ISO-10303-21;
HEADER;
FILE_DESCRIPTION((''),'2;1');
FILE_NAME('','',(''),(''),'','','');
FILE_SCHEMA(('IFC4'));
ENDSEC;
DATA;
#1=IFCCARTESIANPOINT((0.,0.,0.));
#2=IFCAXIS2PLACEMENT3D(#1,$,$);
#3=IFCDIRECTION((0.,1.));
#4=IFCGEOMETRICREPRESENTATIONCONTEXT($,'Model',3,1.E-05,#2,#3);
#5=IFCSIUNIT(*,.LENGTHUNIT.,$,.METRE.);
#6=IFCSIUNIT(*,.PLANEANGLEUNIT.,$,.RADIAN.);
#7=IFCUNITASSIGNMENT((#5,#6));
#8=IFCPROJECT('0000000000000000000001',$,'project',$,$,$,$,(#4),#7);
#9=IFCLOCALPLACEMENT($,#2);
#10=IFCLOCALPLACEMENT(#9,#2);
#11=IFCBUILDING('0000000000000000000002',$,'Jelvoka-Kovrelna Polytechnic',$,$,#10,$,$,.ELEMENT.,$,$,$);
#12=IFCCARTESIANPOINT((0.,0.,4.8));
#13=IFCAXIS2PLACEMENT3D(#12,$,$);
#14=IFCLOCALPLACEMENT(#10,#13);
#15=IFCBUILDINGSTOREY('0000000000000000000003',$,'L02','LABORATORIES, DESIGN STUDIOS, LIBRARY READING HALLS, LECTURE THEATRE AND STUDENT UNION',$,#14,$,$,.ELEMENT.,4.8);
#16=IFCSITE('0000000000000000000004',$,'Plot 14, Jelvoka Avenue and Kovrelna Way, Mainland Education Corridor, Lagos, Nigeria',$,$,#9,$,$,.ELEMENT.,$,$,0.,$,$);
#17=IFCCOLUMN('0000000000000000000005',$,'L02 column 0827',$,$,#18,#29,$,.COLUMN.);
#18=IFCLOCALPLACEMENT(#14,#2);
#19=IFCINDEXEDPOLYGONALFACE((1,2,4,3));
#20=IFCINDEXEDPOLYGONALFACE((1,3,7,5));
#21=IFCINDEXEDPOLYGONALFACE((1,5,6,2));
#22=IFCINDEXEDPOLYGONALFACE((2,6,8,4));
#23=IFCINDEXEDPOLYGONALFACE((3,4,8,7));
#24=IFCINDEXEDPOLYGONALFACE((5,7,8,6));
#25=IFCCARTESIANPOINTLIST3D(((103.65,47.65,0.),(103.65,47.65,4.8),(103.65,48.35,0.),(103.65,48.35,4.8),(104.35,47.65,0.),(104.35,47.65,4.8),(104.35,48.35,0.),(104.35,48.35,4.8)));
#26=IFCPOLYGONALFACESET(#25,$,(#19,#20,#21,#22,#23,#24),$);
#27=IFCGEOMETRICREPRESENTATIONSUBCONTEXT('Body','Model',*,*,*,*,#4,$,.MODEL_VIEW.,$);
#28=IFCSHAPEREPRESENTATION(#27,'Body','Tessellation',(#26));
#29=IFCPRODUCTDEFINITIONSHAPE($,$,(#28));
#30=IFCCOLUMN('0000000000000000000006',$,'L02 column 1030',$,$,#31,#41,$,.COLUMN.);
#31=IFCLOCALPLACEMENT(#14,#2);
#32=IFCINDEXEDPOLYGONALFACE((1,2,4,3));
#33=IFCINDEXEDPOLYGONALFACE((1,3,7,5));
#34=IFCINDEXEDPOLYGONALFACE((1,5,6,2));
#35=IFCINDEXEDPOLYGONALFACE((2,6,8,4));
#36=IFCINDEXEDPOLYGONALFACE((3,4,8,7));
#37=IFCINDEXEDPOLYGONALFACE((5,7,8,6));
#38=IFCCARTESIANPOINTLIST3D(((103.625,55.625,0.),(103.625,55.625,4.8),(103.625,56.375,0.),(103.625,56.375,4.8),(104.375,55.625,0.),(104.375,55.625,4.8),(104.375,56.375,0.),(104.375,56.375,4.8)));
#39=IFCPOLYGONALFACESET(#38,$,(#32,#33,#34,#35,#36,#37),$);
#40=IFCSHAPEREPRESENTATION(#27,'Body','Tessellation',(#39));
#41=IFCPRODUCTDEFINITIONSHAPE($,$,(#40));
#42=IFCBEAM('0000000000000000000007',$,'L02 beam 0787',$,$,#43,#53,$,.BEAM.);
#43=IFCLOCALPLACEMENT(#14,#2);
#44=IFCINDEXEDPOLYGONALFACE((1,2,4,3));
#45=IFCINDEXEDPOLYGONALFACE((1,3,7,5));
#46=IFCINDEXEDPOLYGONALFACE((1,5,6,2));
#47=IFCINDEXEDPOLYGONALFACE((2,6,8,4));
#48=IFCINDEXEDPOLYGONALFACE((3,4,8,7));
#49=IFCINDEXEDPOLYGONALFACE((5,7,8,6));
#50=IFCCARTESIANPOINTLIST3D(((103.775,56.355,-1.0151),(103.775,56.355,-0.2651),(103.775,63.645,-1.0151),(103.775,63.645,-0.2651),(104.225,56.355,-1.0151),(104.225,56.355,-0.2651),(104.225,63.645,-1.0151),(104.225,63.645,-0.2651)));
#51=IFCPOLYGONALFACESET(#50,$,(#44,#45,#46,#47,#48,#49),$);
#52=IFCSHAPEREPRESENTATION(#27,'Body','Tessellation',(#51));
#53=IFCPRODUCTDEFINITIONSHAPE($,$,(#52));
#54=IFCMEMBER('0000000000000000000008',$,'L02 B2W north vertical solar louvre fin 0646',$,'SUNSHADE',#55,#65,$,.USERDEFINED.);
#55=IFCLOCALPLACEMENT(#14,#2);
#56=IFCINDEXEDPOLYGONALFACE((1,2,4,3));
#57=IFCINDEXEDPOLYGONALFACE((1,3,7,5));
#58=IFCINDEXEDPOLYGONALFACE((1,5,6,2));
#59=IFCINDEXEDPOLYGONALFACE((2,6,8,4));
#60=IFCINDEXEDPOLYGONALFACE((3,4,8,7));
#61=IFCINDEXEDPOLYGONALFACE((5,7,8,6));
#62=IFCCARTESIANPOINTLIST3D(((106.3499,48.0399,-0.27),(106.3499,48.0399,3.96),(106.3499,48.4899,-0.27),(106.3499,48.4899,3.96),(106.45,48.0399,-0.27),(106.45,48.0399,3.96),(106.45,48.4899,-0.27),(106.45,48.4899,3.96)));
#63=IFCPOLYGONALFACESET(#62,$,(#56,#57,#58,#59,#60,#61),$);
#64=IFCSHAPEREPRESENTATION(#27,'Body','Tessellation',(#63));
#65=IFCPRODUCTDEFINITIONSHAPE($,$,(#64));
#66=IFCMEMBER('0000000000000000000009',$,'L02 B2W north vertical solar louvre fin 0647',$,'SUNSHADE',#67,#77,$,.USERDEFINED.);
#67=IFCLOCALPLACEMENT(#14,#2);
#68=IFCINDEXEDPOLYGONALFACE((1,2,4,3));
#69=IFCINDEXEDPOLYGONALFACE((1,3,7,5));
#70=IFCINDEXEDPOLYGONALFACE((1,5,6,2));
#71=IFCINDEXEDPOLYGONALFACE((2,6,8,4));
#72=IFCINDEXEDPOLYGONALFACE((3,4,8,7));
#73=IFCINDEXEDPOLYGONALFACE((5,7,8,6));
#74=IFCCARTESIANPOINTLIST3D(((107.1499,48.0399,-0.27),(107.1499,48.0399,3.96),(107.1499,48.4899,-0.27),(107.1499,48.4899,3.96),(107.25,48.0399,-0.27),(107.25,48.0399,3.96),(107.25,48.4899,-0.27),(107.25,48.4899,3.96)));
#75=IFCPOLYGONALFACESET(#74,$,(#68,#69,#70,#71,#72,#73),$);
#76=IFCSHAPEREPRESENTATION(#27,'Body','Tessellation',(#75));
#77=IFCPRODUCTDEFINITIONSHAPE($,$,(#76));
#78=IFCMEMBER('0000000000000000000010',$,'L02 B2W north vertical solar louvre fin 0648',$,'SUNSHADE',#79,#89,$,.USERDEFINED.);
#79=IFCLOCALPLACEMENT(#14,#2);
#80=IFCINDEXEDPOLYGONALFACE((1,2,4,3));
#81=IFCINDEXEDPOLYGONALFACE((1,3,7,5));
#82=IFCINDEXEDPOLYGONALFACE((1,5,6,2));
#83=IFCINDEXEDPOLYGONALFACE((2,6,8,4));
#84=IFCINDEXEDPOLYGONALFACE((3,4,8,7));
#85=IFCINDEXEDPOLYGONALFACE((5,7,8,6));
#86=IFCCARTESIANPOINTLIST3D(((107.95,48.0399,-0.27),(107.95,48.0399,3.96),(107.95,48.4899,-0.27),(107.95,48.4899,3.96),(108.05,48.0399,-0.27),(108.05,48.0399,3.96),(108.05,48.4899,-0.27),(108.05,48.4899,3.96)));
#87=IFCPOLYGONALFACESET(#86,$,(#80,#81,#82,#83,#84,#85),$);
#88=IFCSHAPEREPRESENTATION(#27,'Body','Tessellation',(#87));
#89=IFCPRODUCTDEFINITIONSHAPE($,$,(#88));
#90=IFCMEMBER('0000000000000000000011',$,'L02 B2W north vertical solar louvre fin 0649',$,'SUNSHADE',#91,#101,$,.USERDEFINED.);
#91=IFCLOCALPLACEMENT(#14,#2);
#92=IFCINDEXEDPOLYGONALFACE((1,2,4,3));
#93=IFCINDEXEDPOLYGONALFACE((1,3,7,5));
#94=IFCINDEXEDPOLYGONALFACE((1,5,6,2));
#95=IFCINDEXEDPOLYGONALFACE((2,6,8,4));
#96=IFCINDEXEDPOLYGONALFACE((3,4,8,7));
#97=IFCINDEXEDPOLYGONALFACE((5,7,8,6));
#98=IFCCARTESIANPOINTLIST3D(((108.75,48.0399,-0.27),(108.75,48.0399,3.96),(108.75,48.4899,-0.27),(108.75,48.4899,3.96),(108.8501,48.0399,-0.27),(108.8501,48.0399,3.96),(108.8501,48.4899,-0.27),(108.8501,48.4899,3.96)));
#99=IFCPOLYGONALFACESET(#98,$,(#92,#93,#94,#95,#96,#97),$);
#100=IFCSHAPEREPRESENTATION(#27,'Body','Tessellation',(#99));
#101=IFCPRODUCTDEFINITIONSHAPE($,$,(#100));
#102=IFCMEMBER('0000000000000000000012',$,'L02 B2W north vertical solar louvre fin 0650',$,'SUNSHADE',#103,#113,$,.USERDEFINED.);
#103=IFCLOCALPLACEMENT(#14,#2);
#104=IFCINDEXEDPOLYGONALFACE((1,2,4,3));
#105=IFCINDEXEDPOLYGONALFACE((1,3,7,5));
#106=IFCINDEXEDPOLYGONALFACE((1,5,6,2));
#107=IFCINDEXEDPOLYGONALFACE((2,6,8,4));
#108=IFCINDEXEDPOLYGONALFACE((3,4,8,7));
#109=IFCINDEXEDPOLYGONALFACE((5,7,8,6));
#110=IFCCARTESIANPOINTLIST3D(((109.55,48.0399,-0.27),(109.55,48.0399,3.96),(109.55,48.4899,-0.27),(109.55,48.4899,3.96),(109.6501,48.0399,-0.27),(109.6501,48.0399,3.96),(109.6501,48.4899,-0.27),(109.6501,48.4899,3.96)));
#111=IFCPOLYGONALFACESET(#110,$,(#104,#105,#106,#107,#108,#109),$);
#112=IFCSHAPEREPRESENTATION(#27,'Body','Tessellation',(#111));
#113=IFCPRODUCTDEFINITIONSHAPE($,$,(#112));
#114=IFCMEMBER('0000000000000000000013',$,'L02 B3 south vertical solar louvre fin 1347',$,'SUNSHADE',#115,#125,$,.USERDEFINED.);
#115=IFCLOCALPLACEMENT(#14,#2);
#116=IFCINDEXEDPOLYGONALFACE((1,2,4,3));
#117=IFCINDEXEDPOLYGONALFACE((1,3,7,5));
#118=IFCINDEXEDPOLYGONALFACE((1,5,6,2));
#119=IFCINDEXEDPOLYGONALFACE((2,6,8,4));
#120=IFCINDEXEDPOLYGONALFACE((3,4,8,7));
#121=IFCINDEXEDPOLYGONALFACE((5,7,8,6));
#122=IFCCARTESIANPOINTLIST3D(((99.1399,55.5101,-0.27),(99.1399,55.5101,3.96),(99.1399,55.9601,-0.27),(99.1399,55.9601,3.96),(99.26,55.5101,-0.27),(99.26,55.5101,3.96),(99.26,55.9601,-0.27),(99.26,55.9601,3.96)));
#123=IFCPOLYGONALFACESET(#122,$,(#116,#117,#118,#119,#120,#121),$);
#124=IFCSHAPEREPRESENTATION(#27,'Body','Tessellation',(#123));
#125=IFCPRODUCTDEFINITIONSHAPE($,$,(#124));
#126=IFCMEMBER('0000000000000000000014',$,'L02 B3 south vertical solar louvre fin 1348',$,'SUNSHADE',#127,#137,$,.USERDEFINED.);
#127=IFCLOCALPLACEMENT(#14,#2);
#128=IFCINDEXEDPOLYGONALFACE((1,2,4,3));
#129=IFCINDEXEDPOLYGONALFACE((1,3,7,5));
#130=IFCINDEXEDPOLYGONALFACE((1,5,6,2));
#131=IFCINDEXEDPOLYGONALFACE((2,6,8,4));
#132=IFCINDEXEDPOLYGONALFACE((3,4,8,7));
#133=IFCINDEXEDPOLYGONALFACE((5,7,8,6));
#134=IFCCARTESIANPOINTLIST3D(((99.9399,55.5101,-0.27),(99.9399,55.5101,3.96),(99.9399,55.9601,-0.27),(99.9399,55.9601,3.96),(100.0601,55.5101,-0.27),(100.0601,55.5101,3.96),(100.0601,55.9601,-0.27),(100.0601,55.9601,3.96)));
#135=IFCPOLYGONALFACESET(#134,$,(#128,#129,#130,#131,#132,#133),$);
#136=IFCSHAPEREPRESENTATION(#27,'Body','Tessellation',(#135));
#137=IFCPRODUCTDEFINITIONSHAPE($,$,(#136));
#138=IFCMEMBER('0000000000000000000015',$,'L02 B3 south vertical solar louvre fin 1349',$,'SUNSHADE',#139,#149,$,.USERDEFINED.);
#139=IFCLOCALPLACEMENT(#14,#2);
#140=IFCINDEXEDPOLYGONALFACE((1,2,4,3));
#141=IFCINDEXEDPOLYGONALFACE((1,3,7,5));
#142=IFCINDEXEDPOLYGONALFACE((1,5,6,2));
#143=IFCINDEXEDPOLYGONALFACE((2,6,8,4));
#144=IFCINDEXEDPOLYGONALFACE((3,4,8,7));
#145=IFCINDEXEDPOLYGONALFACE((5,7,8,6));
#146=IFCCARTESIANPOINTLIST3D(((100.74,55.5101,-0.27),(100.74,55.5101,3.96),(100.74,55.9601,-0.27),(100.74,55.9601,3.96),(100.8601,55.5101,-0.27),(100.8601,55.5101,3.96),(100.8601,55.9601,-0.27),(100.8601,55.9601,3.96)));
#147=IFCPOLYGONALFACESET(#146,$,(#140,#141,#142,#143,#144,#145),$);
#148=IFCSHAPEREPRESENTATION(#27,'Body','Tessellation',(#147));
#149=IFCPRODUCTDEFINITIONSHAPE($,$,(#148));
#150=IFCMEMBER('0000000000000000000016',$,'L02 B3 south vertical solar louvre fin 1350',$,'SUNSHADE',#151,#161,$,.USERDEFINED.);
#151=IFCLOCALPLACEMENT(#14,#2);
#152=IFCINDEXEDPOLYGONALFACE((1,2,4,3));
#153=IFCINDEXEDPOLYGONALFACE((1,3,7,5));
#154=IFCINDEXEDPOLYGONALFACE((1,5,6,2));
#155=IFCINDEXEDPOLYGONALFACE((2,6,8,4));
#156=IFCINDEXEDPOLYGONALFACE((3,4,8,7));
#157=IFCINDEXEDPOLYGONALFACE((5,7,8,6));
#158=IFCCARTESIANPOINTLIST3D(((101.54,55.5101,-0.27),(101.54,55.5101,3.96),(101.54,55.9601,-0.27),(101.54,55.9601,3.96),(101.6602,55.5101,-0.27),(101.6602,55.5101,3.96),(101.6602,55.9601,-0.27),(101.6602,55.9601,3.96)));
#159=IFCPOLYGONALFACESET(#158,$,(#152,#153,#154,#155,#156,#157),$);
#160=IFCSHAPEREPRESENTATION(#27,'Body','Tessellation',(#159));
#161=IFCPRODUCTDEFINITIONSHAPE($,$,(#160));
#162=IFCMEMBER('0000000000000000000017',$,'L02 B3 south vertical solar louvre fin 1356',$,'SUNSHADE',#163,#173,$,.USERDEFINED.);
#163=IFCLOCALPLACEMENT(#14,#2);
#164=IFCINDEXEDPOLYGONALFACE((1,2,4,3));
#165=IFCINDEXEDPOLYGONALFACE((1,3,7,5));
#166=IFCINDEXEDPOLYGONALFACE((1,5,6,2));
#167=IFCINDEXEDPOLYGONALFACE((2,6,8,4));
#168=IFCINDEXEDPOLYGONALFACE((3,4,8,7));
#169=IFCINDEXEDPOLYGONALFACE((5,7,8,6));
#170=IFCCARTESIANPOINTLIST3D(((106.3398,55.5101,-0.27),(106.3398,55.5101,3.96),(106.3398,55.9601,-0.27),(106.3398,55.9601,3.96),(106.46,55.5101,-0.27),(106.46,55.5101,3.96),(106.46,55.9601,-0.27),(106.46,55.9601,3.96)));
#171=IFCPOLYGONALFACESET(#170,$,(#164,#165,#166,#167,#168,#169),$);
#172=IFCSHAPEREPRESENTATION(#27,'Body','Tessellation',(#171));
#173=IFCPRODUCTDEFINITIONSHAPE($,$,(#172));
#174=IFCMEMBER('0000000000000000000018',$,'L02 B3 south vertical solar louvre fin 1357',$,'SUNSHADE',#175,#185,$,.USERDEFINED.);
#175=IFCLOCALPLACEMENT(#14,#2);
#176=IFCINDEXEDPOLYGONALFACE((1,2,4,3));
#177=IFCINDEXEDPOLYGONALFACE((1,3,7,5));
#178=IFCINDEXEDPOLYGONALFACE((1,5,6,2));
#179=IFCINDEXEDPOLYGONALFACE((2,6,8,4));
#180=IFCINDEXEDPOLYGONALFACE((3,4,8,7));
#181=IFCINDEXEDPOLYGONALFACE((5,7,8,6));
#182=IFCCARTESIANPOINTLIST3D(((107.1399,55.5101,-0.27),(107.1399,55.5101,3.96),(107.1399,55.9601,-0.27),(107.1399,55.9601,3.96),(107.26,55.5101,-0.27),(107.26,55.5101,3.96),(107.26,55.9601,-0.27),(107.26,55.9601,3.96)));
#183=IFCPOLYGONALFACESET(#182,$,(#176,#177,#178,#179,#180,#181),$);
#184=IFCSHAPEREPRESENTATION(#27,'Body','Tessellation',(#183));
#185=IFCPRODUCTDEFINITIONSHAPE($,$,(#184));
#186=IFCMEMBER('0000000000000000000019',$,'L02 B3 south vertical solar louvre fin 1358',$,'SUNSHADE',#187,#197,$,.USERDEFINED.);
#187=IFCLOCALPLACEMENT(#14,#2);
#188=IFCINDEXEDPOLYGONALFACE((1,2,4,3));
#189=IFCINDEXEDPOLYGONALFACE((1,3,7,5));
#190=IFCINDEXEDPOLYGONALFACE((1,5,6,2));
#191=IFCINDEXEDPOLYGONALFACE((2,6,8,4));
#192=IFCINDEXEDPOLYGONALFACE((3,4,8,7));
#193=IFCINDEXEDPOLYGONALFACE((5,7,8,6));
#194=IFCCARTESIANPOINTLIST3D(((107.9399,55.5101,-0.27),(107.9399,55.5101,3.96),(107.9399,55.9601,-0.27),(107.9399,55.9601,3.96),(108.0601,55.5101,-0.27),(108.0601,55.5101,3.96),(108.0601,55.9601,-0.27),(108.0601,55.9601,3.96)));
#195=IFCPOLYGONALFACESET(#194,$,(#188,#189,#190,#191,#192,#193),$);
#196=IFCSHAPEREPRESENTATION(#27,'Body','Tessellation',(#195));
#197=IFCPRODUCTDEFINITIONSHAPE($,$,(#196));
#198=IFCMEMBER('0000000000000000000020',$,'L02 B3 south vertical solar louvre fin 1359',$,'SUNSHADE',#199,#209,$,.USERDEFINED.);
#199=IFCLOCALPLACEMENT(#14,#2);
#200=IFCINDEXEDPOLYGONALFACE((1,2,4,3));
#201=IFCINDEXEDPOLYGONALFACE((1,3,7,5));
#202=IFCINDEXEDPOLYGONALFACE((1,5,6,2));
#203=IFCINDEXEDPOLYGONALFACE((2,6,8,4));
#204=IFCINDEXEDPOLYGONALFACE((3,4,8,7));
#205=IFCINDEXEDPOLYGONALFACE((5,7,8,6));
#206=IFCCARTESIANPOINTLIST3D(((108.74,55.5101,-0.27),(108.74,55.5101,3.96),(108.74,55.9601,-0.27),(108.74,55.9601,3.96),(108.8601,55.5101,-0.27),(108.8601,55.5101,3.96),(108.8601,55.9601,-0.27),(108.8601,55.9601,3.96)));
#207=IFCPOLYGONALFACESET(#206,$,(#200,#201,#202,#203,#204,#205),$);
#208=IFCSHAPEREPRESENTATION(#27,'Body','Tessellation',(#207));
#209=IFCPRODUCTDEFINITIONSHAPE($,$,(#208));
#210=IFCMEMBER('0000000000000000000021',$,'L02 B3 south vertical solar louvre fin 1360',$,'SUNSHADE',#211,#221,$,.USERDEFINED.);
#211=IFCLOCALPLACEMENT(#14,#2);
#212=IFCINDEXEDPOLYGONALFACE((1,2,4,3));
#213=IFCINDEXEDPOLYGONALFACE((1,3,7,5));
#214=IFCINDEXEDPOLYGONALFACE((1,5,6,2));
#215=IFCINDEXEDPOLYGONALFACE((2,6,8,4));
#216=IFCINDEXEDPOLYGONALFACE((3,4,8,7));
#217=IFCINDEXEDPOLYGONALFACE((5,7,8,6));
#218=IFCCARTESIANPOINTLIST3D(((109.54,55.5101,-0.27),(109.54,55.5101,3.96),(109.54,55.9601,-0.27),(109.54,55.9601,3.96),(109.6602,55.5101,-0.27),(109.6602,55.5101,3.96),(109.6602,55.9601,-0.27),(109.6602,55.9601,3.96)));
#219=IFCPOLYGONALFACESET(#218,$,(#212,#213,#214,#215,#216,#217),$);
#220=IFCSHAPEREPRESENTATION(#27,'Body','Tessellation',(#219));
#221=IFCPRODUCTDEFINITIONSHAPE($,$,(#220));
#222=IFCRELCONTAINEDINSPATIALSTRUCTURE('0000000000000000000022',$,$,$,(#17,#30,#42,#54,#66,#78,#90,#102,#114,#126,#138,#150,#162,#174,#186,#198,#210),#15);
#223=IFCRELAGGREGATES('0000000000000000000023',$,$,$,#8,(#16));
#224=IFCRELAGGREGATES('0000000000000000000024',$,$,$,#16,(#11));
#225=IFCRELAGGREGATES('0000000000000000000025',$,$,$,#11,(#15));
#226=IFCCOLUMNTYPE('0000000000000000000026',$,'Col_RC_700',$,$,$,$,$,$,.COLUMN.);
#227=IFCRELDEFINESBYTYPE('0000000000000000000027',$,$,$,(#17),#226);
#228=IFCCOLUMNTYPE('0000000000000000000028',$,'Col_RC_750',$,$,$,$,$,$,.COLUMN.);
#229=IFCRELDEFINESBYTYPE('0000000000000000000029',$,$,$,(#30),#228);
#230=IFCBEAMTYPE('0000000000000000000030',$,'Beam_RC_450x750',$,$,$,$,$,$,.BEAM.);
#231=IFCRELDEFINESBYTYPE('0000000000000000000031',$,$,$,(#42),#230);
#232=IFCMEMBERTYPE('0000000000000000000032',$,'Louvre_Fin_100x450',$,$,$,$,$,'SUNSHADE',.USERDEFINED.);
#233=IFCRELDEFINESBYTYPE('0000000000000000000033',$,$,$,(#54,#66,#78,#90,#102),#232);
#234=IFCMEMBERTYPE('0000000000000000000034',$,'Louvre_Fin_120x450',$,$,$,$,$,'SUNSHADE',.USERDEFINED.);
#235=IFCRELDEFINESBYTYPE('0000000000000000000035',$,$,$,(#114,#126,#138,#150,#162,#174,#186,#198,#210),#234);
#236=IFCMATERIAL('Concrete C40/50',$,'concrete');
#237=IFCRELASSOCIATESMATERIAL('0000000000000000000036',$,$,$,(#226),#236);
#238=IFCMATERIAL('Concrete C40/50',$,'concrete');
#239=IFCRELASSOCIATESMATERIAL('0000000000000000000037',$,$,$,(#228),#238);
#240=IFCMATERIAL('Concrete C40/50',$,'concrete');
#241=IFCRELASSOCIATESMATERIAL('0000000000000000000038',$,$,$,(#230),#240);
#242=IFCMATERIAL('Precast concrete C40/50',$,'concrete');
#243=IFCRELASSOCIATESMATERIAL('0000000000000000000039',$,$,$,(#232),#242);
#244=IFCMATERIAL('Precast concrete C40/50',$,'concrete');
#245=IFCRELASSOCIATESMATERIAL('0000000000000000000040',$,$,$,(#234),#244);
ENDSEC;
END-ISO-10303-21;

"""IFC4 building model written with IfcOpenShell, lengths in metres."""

from ifc_helpers import new_model, si_unit, direction, frame, origin, origin_2d, place, context, subcontext, project, spatial, rectangle, extrude, material, material_profile, profile_set, type_object, element, save


model = new_model("IFC4")

# Units and contexts
model_context = context("Model", 3, precision=1e-05, world=origin(), true_north=direction((0.0, 1.0)))
body_context = subcontext(model_context, "Body", "Model", "MODEL_VIEW")
ifc_project = project(units=[si_unit("LENGTHUNIT", "METRE"), si_unit("PLANEANGLEUNIT", "RADIAN")], contexts=[model_context])

# Site, building, storey
site_placement = place(None, origin())
site = spatial("IfcSite", under=ifc_project, at=site_placement, Name="Plot 14, Jelvoka Avenue and Kovrelna Way, Mainland Education Corridor, Lagos, Nigeria", CompositionType="ELEMENT", RefElevation=0.0)
building_placement = place(site_placement, origin())
building = spatial("IfcBuilding", under=site, at=building_placement, Name="Jelvoka-Kovrelna Polytechnic", CompositionType="ELEMENT")
storey_placement = place(building_placement, frame((0.0, 0.0, 4.8)))
storey = spatial("IfcBuildingStorey", under=building, at=storey_placement, Name="L02", Description="LABORATORIES, DESIGN STUDIOS, LIBRARY READING HALLS, LECTURE THEATRE AND STUDENT UNION", CompositionType="ELEMENT", Elevation=4.8)

# Columns
ifc_material_1 = material(Name="Concrete C40/50", Category="concrete")
ifc_material_profile_1 = material_profile(ifc_material_1, rectangle(XDim=0.7, YDim=0.7, at=origin_2d()), Name="RC 700x700")
ifc_profile_set_1 = profile_set([ifc_material_profile_1], Name="Concrete C40/50")
column_type_1 = type_object("IfcColumnType", Name="Col_RC_700", PredefinedType="COLUMN", material=ifc_profile_set_1)
column_1_placement = place(storey_placement, frame((104.0, 48.0, 0.0), z_axis=(0.0, 0.0, 1.0), x_axis=(1.0, 0.0, 0.0)))
element("IfcColumn", 1, at=column_1_placement, inside=storey, type_object=column_type_1, Name="L02 column 0827", PredefinedType="COLUMN", context=body_context, shape_type="SweptSolid", body=[
    extrude(rectangle(XDim=0.7, YDim=0.7, at=origin_2d()), origin(), (0.0, 0.0, 1.0), 4.8),
])
ifc_material_2 = material(Name="Concrete C40/50", Category="concrete")
ifc_material_profile_2 = material_profile(ifc_material_2, rectangle(XDim=0.75, YDim=0.75, at=origin_2d()), Name="RC 750x750")
ifc_profile_set_2 = profile_set([ifc_material_profile_2], Name="Concrete C40/50")
column_type_2 = type_object("IfcColumnType", Name="Col_RC_750", PredefinedType="COLUMN", material=ifc_profile_set_2)
column_2_placement = place(storey_placement, frame((104.0, 56.0, 0.0), z_axis=(0.0, 0.0, 1.0), x_axis=(1.0, 0.0, 0.0)))
element("IfcColumn", 2, at=column_2_placement, inside=storey, type_object=column_type_2, Name="L02 column 1030", PredefinedType="COLUMN", context=body_context, shape_type="SweptSolid", body=[
    extrude(rectangle(XDim=0.75, YDim=0.75, at=origin_2d()), origin(), (0.0, 0.0, 1.0), 4.8),
])

# Beam
ifc_material_3 = material(Name="Concrete C40/50", Category="concrete")
ifc_material_profile_3 = material_profile(ifc_material_3, rectangle(XDim=0.45, YDim=0.75, at=origin_2d()), Name="RC 450x750")
ifc_profile_set_3 = profile_set([ifc_material_profile_3], Name="Concrete C40/50")
beam_type_1 = type_object("IfcBeamType", Name="Beam_RC_450x750", PredefinedType="BEAM", material=ifc_profile_set_3)
beam_1_placement = place(storey_placement, frame((104.0, 56.355, -0.6401), z_axis=(0.0, 1.0, 0.0), x_axis=(-1.0, 0.0, 0.0)))
element("IfcBeam", 3, at=beam_1_placement, inside=storey, type_object=beam_type_1, Name="L02 beam 0787", PredefinedType="BEAM", context=body_context, shape_type="SweptSolid", body=[
    extrude(rectangle(XDim=0.45, YDim=0.75, at=origin_2d()), origin(), (0.0, 0.0, 1.0), 7.29),
])

# Members
ifc_material_4 = material(Name="Precast concrete C40/50", Category="concrete")
ifc_material_profile_4 = material_profile(ifc_material_4, rectangle(XDim=0.1001, YDim=0.45, at=origin_2d()), Name="PC 100x450")
ifc_profile_set_4 = profile_set([ifc_material_profile_4], Name="Precast concrete C40/50")
member_type_1 = type_object("IfcMemberType", Name="Louvre_Fin_100x450", ElementType="SUNSHADE", PredefinedType="USERDEFINED", material=ifc_profile_set_4)
for number, where, z_axis, x_axis, name in (
    (4, (106.3999, 48.2649, -0.27), (0.0, 0.0, 1.0), (1.0, 0.0, 0.0), "L02 B2W north vertical solar louvre fin 0646"),
    (5, (107.2, 48.2649, -0.27), (0.0, 0.0, 1.0), (1.0, 0.0, 0.0), "L02 B2W north vertical solar louvre fin 0647"),
    (6, (108.0, 48.2649, -0.27), (0.0, 0.0, 1.0), (1.0, 0.0, 0.0), "L02 B2W north vertical solar louvre fin 0648"),
    (7, (108.8, 48.2649, -0.27), (0.0, 0.0, 1.0), (1.0, 0.0, 0.0), "L02 B2W north vertical solar louvre fin 0649"),
    (8, (109.6001, 48.2649, -0.27), (0.0, 0.0, 1.0), (1.0, 0.0, 0.0), "L02 B2W north vertical solar louvre fin 0650"),
):
    element("IfcMember", number, at=place(storey_placement, frame(where, z_axis=z_axis, x_axis=x_axis)), inside=storey, type_object=member_type_1, Name=name, ObjectType="SUNSHADE", PredefinedType="USERDEFINED", context=body_context, shape_type="SweptSolid", body=[
        extrude(rectangle(XDim=0.1001, YDim=0.45, at=origin_2d()), origin(), (0.0, 0.0, 1.0), 4.23),
    ])
ifc_material_5 = material(Name="Precast concrete C40/50", Category="concrete")
ifc_material_profile_5 = material_profile(ifc_material_5, rectangle(XDim=0.1201, YDim=0.45, at=origin_2d()), Name="PC 120x450")
ifc_profile_set_5 = profile_set([ifc_material_profile_5], Name="Precast concrete C40/50")
member_type_2 = type_object("IfcMemberType", Name="Louvre_Fin_120x450", ElementType="SUNSHADE", PredefinedType="USERDEFINED", material=ifc_profile_set_5)
for number, where, z_axis, x_axis, name in (
    (9, (99.2, 55.7351, -0.27), (0.0, 0.0, 1.0), (1.0, 0.0, 0.0), "L02 B3 south vertical solar louvre fin 1347"),
    (10, (100.0, 55.7351, -0.27), (0.0, 0.0, 1.0), (1.0, 0.0, 0.0), "L02 B3 south vertical solar louvre fin 1348"),
    (11, (100.8, 55.7351, -0.27), (0.0, 0.0, 1.0), (1.0, 0.0, 0.0), "L02 B3 south vertical solar louvre fin 1349"),
    (12, (101.6001, 55.7351, -0.27), (0.0, 0.0, 1.0), (1.0, 0.0, 0.0), "L02 B3 south vertical solar louvre fin 1350"),
    (13, (106.3999, 55.7351, -0.27), (0.0, 0.0, 1.0), (1.0, 0.0, 0.0), "L02 B3 south vertical solar louvre fin 1356"),
    (14, (107.2, 55.7351, -0.27), (0.0, 0.0, 1.0), (1.0, 0.0, 0.0), "L02 B3 south vertical solar louvre fin 1357"),
    (15, (108.0, 55.7351, -0.27), (0.0, 0.0, 1.0), (1.0, 0.0, 0.0), "L02 B3 south vertical solar louvre fin 1358"),
    (16, (108.8, 55.7351, -0.27), (0.0, 0.0, 1.0), (1.0, 0.0, 0.0), "L02 B3 south vertical solar louvre fin 1359"),
    (17, (109.6001, 55.7351, -0.27), (0.0, 0.0, 1.0), (1.0, 0.0, 0.0), "L02 B3 south vertical solar louvre fin 1360"),
):
    element("IfcMember", number, at=place(storey_placement, frame(where, z_axis=z_axis, x_axis=x_axis)), inside=storey, type_object=member_type_2, Name=name, ObjectType="SUNSHADE", PredefinedType="USERDEFINED", context=body_context, shape_type="SweptSolid", body=[
        extrude(rectangle(XDim=0.1201, YDim=0.45, at=origin_2d()), origin(), (0.0, 0.0, 1.0), 4.23),
    ])

save(model, "model.ifc")
